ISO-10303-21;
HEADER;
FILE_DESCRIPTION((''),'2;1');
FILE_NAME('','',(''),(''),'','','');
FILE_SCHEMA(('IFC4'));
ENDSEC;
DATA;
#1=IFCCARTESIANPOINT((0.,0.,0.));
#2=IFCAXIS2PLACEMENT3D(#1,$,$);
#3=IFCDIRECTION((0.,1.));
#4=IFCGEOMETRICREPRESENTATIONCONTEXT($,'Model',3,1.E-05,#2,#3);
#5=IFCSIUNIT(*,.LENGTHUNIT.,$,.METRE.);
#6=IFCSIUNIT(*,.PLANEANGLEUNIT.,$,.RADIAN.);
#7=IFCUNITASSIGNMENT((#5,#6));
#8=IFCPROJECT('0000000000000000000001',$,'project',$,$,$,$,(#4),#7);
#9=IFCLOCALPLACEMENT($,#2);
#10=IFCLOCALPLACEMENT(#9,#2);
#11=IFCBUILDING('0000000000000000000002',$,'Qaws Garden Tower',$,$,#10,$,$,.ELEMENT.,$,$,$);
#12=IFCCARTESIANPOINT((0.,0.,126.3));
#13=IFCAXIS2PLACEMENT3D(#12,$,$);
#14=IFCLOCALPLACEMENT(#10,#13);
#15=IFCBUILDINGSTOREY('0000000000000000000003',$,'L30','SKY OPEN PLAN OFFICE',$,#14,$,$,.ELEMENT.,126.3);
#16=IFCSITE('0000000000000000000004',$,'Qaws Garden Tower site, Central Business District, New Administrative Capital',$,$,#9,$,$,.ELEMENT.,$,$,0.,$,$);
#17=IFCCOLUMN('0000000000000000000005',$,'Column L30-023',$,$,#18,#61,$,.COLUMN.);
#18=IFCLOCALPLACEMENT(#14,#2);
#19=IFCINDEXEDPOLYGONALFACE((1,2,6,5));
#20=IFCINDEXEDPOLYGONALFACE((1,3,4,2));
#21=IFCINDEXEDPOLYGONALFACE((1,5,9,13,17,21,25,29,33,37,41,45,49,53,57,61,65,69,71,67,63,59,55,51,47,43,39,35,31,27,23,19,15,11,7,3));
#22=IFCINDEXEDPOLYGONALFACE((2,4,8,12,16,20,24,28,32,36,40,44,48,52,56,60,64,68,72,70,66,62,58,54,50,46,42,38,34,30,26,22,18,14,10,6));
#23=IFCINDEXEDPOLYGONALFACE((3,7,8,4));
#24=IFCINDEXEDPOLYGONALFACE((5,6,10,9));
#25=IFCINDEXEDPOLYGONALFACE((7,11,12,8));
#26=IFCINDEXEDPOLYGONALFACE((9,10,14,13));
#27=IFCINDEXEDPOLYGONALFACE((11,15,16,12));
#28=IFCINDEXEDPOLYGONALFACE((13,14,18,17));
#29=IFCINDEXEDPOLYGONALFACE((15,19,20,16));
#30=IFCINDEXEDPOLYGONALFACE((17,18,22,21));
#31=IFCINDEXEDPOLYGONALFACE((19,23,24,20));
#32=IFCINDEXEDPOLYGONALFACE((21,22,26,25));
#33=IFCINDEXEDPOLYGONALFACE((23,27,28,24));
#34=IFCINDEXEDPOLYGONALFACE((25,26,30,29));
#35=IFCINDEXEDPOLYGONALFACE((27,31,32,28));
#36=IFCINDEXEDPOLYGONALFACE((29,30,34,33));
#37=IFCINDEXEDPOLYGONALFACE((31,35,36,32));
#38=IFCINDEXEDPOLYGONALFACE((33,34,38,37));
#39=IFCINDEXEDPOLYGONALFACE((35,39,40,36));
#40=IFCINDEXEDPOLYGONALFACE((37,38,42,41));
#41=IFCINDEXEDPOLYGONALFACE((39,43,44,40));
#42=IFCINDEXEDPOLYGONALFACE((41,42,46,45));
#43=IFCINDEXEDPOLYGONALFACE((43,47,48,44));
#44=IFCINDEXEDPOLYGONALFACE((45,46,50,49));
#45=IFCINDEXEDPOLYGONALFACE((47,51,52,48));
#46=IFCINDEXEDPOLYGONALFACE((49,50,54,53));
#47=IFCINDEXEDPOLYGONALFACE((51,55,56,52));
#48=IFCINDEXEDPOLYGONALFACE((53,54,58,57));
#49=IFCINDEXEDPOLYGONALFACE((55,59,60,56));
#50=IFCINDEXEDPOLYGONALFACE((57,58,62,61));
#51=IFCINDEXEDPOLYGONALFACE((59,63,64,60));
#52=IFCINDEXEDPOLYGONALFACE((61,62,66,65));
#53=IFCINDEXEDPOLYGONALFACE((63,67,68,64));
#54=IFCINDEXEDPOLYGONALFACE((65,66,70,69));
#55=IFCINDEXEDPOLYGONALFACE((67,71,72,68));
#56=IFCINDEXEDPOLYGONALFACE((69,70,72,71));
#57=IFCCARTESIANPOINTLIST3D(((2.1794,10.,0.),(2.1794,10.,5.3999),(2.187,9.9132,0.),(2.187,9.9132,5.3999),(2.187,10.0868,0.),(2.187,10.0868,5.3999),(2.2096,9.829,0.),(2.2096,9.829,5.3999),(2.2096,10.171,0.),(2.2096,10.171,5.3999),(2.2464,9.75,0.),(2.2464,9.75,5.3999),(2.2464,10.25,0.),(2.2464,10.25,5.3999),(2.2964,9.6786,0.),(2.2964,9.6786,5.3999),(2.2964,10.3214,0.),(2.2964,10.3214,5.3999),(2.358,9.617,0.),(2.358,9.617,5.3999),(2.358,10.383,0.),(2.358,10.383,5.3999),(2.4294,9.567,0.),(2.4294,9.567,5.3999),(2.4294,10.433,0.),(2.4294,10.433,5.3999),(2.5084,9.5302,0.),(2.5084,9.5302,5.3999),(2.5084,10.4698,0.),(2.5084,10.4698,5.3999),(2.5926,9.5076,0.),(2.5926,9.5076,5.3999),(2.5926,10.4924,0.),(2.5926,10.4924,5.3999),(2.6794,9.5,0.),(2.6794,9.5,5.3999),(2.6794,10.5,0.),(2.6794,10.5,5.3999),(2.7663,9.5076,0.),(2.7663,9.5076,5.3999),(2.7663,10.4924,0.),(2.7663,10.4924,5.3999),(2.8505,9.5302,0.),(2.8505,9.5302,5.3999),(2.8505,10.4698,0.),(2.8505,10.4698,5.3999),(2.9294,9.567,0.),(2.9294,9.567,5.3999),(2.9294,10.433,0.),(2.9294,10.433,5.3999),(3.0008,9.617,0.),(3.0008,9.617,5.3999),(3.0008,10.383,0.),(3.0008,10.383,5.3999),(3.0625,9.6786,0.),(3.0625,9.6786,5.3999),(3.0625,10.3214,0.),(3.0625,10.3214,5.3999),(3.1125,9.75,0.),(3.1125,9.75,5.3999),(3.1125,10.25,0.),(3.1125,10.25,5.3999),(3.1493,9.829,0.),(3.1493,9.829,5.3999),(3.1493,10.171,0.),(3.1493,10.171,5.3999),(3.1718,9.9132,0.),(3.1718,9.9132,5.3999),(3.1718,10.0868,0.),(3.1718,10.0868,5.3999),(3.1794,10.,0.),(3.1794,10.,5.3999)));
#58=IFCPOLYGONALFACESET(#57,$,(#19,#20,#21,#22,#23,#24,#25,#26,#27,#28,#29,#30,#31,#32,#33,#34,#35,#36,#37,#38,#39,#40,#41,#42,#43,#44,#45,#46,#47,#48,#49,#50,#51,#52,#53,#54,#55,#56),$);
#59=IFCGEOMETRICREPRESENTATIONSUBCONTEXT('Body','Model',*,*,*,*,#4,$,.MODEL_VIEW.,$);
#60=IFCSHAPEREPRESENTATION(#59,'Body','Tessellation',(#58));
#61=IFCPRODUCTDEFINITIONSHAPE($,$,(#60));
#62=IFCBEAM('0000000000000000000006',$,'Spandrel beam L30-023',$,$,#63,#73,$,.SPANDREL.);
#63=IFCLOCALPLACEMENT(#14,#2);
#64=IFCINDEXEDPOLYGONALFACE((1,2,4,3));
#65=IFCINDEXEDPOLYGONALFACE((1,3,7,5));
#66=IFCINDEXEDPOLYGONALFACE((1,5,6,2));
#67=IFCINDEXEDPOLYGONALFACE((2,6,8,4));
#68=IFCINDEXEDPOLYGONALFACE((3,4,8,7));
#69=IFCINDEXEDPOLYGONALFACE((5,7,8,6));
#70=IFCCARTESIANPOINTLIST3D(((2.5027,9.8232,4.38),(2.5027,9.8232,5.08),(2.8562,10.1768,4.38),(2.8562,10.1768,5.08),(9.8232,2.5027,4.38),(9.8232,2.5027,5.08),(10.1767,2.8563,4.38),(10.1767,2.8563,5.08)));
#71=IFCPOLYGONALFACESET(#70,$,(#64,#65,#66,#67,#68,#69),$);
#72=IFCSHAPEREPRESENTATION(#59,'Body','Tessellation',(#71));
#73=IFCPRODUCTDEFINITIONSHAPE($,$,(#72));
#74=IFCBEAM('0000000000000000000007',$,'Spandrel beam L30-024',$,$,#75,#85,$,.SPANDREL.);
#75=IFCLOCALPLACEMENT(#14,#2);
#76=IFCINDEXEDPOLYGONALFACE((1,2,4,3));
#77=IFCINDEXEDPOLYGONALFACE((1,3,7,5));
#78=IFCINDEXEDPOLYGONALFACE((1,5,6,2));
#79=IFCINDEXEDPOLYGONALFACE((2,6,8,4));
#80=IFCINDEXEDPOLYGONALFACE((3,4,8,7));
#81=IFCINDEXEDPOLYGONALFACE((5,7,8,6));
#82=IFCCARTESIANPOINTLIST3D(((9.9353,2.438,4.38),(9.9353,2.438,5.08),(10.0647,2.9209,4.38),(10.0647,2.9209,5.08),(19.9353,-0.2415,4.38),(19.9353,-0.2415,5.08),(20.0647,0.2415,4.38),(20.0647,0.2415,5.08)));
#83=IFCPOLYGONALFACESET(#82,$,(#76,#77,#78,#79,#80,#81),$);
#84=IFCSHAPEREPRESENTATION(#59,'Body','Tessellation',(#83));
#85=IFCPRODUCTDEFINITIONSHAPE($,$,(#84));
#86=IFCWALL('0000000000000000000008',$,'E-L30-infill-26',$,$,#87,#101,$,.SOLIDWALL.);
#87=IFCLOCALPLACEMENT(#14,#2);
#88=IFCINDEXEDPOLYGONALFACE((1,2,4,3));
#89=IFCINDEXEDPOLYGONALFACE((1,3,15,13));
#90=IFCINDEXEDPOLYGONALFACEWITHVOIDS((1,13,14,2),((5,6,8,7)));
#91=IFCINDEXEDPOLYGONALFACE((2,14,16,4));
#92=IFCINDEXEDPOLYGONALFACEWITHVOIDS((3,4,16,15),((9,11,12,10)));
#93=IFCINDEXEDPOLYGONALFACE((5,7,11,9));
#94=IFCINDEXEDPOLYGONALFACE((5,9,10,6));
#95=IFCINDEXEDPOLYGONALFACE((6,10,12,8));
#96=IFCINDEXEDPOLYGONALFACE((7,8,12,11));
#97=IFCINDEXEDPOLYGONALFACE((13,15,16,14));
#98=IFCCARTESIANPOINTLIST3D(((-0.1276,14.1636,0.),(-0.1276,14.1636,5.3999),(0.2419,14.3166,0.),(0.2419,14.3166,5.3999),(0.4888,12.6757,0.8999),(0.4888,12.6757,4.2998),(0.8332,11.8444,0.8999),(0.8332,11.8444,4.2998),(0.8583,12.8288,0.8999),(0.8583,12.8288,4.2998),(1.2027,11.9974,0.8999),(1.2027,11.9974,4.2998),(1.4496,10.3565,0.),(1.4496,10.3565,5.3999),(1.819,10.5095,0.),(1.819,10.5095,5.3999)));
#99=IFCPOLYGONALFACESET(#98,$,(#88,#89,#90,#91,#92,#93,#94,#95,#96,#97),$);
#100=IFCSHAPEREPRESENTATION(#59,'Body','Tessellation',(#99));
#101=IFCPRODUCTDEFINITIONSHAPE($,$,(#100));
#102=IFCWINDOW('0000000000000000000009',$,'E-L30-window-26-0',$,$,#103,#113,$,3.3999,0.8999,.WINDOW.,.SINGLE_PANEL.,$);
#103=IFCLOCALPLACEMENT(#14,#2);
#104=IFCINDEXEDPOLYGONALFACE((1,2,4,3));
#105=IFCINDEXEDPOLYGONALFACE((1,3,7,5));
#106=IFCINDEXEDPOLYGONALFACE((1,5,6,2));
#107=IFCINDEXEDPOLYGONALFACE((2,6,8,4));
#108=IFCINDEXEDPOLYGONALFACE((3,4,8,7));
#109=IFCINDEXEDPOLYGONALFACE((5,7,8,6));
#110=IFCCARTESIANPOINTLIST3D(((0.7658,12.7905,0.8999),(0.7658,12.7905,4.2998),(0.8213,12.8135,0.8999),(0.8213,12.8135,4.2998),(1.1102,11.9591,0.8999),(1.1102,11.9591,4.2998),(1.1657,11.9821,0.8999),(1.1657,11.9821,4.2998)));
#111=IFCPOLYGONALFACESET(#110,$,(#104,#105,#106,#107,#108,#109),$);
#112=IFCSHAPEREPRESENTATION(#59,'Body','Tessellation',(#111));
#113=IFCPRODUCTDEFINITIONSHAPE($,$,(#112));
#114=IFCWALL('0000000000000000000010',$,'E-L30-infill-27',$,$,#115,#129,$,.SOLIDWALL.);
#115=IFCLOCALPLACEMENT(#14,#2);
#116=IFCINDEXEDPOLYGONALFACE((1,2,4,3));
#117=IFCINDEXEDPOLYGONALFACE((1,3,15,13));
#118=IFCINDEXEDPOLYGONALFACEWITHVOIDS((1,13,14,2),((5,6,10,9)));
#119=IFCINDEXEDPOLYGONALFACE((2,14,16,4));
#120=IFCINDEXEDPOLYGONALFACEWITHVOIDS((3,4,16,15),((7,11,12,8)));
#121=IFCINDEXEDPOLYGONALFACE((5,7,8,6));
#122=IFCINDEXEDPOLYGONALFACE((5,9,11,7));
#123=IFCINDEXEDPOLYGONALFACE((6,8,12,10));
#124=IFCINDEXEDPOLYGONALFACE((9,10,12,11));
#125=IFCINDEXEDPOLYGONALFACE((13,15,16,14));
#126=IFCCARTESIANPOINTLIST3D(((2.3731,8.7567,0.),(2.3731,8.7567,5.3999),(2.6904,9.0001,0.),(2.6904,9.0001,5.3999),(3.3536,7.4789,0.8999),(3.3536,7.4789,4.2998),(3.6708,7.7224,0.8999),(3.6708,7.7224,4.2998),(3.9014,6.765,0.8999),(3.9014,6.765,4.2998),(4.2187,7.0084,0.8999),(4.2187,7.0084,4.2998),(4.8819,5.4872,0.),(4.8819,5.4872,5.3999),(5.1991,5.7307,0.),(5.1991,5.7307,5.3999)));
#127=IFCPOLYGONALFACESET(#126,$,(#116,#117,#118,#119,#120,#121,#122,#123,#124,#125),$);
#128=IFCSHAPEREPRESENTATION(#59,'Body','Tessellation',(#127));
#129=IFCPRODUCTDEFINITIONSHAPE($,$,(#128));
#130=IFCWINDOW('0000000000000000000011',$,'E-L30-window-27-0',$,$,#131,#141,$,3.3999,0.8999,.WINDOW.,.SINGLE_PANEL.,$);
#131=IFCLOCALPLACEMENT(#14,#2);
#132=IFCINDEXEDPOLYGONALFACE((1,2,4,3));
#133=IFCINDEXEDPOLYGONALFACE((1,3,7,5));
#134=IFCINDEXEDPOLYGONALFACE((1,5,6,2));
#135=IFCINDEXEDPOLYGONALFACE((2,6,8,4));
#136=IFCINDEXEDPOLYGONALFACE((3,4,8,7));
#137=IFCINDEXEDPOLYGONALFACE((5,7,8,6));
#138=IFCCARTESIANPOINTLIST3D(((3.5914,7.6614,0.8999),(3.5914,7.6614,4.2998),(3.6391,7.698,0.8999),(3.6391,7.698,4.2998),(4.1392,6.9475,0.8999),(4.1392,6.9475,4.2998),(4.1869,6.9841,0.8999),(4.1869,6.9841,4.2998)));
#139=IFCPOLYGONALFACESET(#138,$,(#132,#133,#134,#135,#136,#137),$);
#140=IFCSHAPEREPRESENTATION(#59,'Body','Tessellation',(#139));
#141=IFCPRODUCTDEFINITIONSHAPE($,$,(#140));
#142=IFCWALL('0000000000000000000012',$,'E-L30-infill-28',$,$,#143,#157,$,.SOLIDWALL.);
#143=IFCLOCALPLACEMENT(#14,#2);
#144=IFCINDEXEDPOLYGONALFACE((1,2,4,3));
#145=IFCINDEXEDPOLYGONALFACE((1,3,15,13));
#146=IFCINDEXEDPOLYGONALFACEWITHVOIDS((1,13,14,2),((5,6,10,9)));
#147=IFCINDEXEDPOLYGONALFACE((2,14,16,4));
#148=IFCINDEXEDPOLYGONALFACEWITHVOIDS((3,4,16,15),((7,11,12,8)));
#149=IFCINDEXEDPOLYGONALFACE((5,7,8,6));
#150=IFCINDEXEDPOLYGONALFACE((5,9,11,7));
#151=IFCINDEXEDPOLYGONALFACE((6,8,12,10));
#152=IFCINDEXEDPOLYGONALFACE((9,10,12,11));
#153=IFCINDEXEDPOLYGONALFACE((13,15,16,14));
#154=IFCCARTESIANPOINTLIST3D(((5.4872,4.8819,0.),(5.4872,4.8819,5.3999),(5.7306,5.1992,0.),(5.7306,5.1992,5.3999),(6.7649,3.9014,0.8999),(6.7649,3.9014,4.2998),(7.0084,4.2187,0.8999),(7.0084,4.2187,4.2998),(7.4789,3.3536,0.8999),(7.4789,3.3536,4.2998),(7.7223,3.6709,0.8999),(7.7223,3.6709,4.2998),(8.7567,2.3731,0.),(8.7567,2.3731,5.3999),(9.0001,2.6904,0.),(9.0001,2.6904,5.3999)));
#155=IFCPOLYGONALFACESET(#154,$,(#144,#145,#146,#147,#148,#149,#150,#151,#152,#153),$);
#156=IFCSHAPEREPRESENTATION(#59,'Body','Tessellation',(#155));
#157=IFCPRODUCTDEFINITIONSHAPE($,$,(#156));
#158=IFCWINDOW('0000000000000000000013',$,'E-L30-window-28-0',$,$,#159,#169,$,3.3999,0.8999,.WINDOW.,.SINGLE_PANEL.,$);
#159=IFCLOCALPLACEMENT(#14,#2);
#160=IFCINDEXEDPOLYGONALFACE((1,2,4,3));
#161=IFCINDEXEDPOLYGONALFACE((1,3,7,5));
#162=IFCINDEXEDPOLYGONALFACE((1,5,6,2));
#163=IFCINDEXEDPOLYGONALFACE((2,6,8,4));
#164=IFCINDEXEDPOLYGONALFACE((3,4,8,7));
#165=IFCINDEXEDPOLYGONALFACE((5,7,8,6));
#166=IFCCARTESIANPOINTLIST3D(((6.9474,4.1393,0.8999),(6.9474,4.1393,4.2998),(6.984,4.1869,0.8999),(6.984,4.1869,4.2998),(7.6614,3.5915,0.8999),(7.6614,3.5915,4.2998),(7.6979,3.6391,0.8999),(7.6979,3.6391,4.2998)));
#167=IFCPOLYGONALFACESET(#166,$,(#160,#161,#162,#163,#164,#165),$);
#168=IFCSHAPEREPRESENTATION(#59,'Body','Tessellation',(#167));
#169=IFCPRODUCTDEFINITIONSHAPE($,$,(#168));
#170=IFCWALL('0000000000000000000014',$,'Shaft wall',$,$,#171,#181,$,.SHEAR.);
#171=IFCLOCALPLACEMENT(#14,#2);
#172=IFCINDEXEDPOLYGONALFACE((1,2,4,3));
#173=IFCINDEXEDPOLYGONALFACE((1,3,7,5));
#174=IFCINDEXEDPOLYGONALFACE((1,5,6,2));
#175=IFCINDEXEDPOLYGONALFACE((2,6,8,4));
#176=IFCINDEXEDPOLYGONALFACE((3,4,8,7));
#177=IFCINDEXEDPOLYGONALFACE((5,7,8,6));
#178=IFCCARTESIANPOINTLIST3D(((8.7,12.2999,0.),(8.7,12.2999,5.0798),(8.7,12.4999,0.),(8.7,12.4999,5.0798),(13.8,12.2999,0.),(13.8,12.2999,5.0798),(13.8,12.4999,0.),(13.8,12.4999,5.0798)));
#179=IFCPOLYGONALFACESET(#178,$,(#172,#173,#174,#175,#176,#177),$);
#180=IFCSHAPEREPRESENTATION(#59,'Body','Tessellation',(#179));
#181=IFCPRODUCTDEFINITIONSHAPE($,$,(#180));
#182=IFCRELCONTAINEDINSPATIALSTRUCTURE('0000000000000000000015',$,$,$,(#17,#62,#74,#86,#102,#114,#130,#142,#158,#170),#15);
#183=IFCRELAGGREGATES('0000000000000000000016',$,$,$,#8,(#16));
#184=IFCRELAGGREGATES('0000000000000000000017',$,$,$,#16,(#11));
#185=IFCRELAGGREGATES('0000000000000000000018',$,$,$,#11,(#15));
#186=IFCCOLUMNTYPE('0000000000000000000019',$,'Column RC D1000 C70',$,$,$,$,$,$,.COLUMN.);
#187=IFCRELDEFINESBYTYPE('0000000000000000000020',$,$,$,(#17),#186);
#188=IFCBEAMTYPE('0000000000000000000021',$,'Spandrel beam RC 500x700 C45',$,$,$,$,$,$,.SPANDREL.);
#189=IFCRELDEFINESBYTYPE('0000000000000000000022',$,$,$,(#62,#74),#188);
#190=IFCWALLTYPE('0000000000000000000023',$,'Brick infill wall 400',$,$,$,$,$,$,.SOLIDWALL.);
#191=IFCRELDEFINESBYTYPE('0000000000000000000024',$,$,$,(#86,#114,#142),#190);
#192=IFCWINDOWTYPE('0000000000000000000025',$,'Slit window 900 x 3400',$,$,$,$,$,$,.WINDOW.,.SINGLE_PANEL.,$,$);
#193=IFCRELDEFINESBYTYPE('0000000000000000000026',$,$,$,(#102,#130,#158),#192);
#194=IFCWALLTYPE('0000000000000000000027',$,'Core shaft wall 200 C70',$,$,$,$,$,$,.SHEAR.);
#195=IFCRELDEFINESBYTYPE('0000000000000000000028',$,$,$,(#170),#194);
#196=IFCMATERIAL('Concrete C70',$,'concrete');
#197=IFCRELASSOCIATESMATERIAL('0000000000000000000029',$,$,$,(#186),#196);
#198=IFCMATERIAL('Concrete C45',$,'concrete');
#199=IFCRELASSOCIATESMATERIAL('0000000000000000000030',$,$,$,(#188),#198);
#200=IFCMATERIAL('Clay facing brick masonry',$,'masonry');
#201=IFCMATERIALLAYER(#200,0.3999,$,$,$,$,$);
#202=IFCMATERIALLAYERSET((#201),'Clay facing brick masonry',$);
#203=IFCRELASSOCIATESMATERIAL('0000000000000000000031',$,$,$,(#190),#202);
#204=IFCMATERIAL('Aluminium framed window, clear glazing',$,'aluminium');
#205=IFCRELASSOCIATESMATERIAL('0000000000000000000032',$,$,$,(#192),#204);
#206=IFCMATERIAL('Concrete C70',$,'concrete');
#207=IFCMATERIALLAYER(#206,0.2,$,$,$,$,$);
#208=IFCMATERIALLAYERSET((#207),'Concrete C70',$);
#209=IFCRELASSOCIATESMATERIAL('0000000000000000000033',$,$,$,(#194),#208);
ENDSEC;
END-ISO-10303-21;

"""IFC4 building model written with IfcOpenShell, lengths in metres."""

from ifc_helpers import new_model, si_unit, direction, frame, frame_2d, origin, origin_2d, place, context, subcontext, project, spatial, rectangle, circle, extrude, material, layer, layer_set, material_profile, profile_set, type_object, element, fill, save


model = new_model("IFC4")

# Units and contexts
model_context = context("Model", 3, precision=1e-05, world=origin(), true_north=direction((0.0, 1.0)))
body_context = subcontext(model_context, "Body", "Model", "MODEL_VIEW")
ifc_project = project(units=[si_unit("LENGTHUNIT", "METRE"), si_unit("PLANEANGLEUNIT", "RADIAN")], contexts=[model_context])

# Site, building, storey
site_placement = place(None, origin())
site = spatial("IfcSite", under=ifc_project, at=site_placement, Name="Qaws Garden Tower site, Central Business District, New Administrative Capital", CompositionType="ELEMENT", RefElevation=0.0)
building_placement = place(site_placement, origin())
building = spatial("IfcBuilding", under=site, at=building_placement, Name="Qaws Garden Tower", CompositionType="ELEMENT")
storey_placement = place(building_placement, frame((0.0, 0.0, 126.3)))
storey = spatial("IfcBuildingStorey", under=building, at=storey_placement, Name="L30", Description="SKY OPEN PLAN OFFICE", CompositionType="ELEMENT", Elevation=126.3)

# Column
ifc_material_1 = material(Name="Concrete C70", Category="concrete")
ifc_material_profile_1 = material_profile(ifc_material_1, circle(Radius=0.5, at=origin_2d()), Name="RC D1000")
ifc_profile_set_1 = profile_set([ifc_material_profile_1], Name="Concrete C70")
column_type = type_object("IfcColumnType", Name="Column RC D1000 C70", PredefinedType="COLUMN", material=ifc_profile_set_1)
column_placement = place(storey_placement, frame((2.6794, 10.0, 0.0), z_axis=(0.0, 0.0, 1.0), x_axis=(1.0, 0.0, 0.0)))
element("IfcColumn", 1, at=column_placement, inside=storey, type_object=column_type, Name="Column L30-023", PredefinedType="COLUMN", context=body_context, shape_type="SweptSolid", body=[
    extrude(circle(Radius=0.5, at=origin_2d()), origin(), (0.0, 0.0, 1.0), 5.3999),
])

# Beams
ifc_material_2 = material(Name="Concrete C45", Category="concrete")
ifc_material_profile_2 = material_profile(ifc_material_2, rectangle(XDim=0.5, YDim=0.7, at=origin_2d()), Name="RC 500x700")
ifc_profile_set_2 = profile_set([ifc_material_profile_2], Name="Concrete C45")
beam_type = type_object("IfcBeamType", Name="Spandrel beam RC 500x700 C45", PredefinedType="SPANDREL", material=ifc_profile_set_2)
for number, where, z_axis, x_axis, name in (
    (2, (2.6794, 10.0, 4.73), (0.707107, -0.707107, 0.0), (0.707107, 0.707107, 0.0), "Spandrel beam L30-023"),
    (3, (10.0, 2.6794, 4.73), (0.965927, -0.258815, 0.0), (0.258815, 0.965927, 0.0), "Spandrel beam L30-024"),
):
    element("IfcBeam", number, at=place(storey_placement, frame(where, z_axis=z_axis, x_axis=x_axis)), inside=storey, type_object=beam_type, Name=name, PredefinedType="SPANDREL", context=body_context, shape_type="SweptSolid", body=[
        extrude(rectangle(XDim=0.5, YDim=0.7, at=origin_2d()), origin(), (0.0, 0.0, 1.0), 10.3528),
    ])

# Walls, openings, windows
ifc_material_3 = material(Name="Clay facing brick masonry", Category="masonry")
ifc_layer_1 = layer(ifc_material_3, 0.3999)
ifc_layer_set_1 = layer_set([ifc_layer_1], Name="Clay facing brick masonry")
wall_type_1 = type_object("IfcWallType", Name="Brick infill wall 400", PredefinedType="SOLIDWALL", material=ifc_layer_set_1)
wall_1_placement = place(storey_placement, frame((0.0571, 14.2402, 0.0), z_axis=(0.0, 0.0, 1.0), x_axis=(0.382722, -0.923864, 0.0)))
wall_1 = element("IfcWall", 4, at=wall_1_placement, inside=storey, type_object=wall_type_1, Name="E-L30-infill-26", PredefinedType="SOLIDWALL", context=body_context, shape_type="SweptSolid", body=[
    extrude(rectangle(XDim=4.1208, YDim=0.3999, at=frame_2d((2.0605, 0.0))), origin(), (0.0, 0.0, 1.0), 5.3999),
])
opening_1_placement = place(wall_1_placement, frame((1.6106, 0.0, 0.8999)))
opening_1 = element("IfcOpeningElement", 5, at=opening_1_placement, cuts=wall_1, PredefinedType="OPENING", context=body_context, shape_type="SweptSolid", body=[
    extrude(rectangle(XDim=0.8999, YDim=3.3999, at=frame_2d((0.45, 1.7))), frame((0.0, 0.21, 0.0), z_axis=(0.0, -1.0, 0.0), x_axis=(1.0, 0.0, 0.0)), (0.0, 0.0, 1.0), 0.4199),
])
ifc_material_4 = material(Name="Aluminium framed window, clear glazing", Category="aluminium")
window_type = type_object("IfcWindowType", Name="Slit window 900 x 3400", PartitioningType="SINGLE_PANEL", PredefinedType="WINDOW", material=ifc_material_4)
window_1_placement = place(opening_1_placement, origin())
window_1 = element("IfcWindow", 6, at=window_1_placement, inside=storey, type_object=window_type, Name="E-L30-window-26-0", OverallHeight=3.3999, OverallWidth=0.8999, PartitioningType="SINGLE_PANEL", PredefinedType="WINDOW", context=body_context, shape_type="SweptSolid", body=[
    extrude(rectangle(XDim=0.8999, YDim=3.3999, at=frame_2d((0.45, 1.7))), frame((0.0, 0.1599, 0.0), z_axis=(0.0, -1.0, 0.0), x_axis=(1.0, 0.0, 0.0)), (0.0, 0.0, 1.0), 0.0601),
])
fill(opening_1, window_1)
wall_2_placement = place(storey_placement, frame((2.5317, 8.8784, 0.0), z_axis=(0.0, 0.0, 1.0), x_axis=(0.60876, -0.793355, 0.0)))
wall_2 = element("IfcWall", 7, at=wall_2_placement, inside=storey, type_object=wall_type_1, Name="E-L30-infill-27", PredefinedType="SOLIDWALL", context=body_context, shape_type="SweptSolid", body=[
    extrude(rectangle(XDim=4.1211, YDim=0.3999, at=frame_2d((2.0605, 0.0))), origin(), (0.0, 0.0, 1.0), 5.3999),
])
opening_2_placement = place(wall_2_placement, frame((1.6106, 0.0, 0.8999)))
opening_2 = element("IfcOpeningElement", 8, at=opening_2_placement, cuts=wall_2, PredefinedType="OPENING", context=body_context, shape_type="SweptSolid", body=[
    extrude(rectangle(XDim=0.8999, YDim=3.3999, at=frame_2d((0.45, 1.7))), frame((0.0, 0.21, 0.0), z_axis=(0.0, -1.0, 0.0), x_axis=(1.0, 0.0, 0.0)), (0.0, 0.0, 1.0), 0.4199),
])
window_2_placement = place(opening_2_placement, origin())
window_2 = element("IfcWindow", 9, at=window_2_placement, inside=storey, type_object=window_type, Name="E-L30-window-27-0", OverallHeight=3.3999, OverallWidth=0.8999, PartitioningType="SINGLE_PANEL", PredefinedType="WINDOW", context=body_context, shape_type="SweptSolid", body=[
    extrude(rectangle(XDim=0.8999, YDim=3.3999, at=frame_2d((0.45, 1.7))), frame((0.0, 0.1599, 0.0), z_axis=(0.0, -1.0, 0.0), x_axis=(1.0, 0.0, 0.0)), (0.0, 0.0, 1.0), 0.0601),
])
fill(opening_2, window_2)
wall_3_placement = place(storey_placement, frame((5.6089, 5.0405, 0.0), z_axis=(0.0, 0.0, 1.0), x_axis=(0.793355, -0.60876, 0.0)))
wall_3 = element("IfcWall", 10, at=wall_3_placement, inside=storey, type_object=wall_type_1, Name="E-L30-infill-28", PredefinedType="SOLIDWALL", context=body_context, shape_type="SweptSolid", body=[
    extrude(rectangle(XDim=4.1211, YDim=0.3999, at=frame_2d((2.0605, 0.0))), origin(), (0.0, 0.0, 1.0), 5.3999),
])
opening_3_placement = place(wall_3_placement, frame((1.6106, 0.0, 0.8999)))
opening_3 = element("IfcOpeningElement", 11, at=opening_3_placement, cuts=wall_3, PredefinedType="OPENING", context=body_context, shape_type="SweptSolid", body=[
    extrude(rectangle(XDim=0.8999, YDim=3.3999, at=frame_2d((0.45, 1.7))), frame((0.0, 0.21, 0.0), z_axis=(0.0, -1.0, 0.0), x_axis=(1.0, 0.0, 0.0)), (0.0, 0.0, 1.0), 0.4199),
])
window_3_placement = place(opening_3_placement, origin())
window_3 = element("IfcWindow", 12, at=window_3_placement, inside=storey, type_object=window_type, Name="E-L30-window-28-0", OverallHeight=3.3999, OverallWidth=0.8999, PartitioningType="SINGLE_PANEL", PredefinedType="WINDOW", context=body_context, shape_type="SweptSolid", body=[
    extrude(rectangle(XDim=0.8999, YDim=3.3999, at=frame_2d((0.45, 1.7))), frame((0.0, 0.1599, 0.0), z_axis=(0.0, -1.0, 0.0), x_axis=(1.0, 0.0, 0.0)), (0.0, 0.0, 1.0), 0.0601),
])
fill(opening_3, window_3)

# Wall
ifc_material_5 = material(Name="Concrete C70", Category="concrete")
ifc_layer_2 = layer(ifc_material_5, 0.2)
ifc_layer_set_2 = layer_set([ifc_layer_2], Name="Concrete C70")
wall_type_2 = type_object("IfcWallType", Name="Core shaft wall 200 C70", PredefinedType="SHEAR", material=ifc_layer_set_2)
wall_4_placement = place(storey_placement, frame((8.7, 12.3999, 0.0), z_axis=(0.0, 0.0, 1.0), x_axis=(1.0, 0.0, 0.0)))
element("IfcWall", 13, at=wall_4_placement, inside=storey, type_object=wall_type_2, Name="Shaft wall", PredefinedType="SHEAR", context=body_context, shape_type="SweptSolid", body=[
    extrude(rectangle(XDim=5.1001, YDim=0.2, at=frame_2d((2.55, 0.0))), origin(), (0.0, 0.0, 1.0), 5.0798),
])

save(model, "model.ifc")
